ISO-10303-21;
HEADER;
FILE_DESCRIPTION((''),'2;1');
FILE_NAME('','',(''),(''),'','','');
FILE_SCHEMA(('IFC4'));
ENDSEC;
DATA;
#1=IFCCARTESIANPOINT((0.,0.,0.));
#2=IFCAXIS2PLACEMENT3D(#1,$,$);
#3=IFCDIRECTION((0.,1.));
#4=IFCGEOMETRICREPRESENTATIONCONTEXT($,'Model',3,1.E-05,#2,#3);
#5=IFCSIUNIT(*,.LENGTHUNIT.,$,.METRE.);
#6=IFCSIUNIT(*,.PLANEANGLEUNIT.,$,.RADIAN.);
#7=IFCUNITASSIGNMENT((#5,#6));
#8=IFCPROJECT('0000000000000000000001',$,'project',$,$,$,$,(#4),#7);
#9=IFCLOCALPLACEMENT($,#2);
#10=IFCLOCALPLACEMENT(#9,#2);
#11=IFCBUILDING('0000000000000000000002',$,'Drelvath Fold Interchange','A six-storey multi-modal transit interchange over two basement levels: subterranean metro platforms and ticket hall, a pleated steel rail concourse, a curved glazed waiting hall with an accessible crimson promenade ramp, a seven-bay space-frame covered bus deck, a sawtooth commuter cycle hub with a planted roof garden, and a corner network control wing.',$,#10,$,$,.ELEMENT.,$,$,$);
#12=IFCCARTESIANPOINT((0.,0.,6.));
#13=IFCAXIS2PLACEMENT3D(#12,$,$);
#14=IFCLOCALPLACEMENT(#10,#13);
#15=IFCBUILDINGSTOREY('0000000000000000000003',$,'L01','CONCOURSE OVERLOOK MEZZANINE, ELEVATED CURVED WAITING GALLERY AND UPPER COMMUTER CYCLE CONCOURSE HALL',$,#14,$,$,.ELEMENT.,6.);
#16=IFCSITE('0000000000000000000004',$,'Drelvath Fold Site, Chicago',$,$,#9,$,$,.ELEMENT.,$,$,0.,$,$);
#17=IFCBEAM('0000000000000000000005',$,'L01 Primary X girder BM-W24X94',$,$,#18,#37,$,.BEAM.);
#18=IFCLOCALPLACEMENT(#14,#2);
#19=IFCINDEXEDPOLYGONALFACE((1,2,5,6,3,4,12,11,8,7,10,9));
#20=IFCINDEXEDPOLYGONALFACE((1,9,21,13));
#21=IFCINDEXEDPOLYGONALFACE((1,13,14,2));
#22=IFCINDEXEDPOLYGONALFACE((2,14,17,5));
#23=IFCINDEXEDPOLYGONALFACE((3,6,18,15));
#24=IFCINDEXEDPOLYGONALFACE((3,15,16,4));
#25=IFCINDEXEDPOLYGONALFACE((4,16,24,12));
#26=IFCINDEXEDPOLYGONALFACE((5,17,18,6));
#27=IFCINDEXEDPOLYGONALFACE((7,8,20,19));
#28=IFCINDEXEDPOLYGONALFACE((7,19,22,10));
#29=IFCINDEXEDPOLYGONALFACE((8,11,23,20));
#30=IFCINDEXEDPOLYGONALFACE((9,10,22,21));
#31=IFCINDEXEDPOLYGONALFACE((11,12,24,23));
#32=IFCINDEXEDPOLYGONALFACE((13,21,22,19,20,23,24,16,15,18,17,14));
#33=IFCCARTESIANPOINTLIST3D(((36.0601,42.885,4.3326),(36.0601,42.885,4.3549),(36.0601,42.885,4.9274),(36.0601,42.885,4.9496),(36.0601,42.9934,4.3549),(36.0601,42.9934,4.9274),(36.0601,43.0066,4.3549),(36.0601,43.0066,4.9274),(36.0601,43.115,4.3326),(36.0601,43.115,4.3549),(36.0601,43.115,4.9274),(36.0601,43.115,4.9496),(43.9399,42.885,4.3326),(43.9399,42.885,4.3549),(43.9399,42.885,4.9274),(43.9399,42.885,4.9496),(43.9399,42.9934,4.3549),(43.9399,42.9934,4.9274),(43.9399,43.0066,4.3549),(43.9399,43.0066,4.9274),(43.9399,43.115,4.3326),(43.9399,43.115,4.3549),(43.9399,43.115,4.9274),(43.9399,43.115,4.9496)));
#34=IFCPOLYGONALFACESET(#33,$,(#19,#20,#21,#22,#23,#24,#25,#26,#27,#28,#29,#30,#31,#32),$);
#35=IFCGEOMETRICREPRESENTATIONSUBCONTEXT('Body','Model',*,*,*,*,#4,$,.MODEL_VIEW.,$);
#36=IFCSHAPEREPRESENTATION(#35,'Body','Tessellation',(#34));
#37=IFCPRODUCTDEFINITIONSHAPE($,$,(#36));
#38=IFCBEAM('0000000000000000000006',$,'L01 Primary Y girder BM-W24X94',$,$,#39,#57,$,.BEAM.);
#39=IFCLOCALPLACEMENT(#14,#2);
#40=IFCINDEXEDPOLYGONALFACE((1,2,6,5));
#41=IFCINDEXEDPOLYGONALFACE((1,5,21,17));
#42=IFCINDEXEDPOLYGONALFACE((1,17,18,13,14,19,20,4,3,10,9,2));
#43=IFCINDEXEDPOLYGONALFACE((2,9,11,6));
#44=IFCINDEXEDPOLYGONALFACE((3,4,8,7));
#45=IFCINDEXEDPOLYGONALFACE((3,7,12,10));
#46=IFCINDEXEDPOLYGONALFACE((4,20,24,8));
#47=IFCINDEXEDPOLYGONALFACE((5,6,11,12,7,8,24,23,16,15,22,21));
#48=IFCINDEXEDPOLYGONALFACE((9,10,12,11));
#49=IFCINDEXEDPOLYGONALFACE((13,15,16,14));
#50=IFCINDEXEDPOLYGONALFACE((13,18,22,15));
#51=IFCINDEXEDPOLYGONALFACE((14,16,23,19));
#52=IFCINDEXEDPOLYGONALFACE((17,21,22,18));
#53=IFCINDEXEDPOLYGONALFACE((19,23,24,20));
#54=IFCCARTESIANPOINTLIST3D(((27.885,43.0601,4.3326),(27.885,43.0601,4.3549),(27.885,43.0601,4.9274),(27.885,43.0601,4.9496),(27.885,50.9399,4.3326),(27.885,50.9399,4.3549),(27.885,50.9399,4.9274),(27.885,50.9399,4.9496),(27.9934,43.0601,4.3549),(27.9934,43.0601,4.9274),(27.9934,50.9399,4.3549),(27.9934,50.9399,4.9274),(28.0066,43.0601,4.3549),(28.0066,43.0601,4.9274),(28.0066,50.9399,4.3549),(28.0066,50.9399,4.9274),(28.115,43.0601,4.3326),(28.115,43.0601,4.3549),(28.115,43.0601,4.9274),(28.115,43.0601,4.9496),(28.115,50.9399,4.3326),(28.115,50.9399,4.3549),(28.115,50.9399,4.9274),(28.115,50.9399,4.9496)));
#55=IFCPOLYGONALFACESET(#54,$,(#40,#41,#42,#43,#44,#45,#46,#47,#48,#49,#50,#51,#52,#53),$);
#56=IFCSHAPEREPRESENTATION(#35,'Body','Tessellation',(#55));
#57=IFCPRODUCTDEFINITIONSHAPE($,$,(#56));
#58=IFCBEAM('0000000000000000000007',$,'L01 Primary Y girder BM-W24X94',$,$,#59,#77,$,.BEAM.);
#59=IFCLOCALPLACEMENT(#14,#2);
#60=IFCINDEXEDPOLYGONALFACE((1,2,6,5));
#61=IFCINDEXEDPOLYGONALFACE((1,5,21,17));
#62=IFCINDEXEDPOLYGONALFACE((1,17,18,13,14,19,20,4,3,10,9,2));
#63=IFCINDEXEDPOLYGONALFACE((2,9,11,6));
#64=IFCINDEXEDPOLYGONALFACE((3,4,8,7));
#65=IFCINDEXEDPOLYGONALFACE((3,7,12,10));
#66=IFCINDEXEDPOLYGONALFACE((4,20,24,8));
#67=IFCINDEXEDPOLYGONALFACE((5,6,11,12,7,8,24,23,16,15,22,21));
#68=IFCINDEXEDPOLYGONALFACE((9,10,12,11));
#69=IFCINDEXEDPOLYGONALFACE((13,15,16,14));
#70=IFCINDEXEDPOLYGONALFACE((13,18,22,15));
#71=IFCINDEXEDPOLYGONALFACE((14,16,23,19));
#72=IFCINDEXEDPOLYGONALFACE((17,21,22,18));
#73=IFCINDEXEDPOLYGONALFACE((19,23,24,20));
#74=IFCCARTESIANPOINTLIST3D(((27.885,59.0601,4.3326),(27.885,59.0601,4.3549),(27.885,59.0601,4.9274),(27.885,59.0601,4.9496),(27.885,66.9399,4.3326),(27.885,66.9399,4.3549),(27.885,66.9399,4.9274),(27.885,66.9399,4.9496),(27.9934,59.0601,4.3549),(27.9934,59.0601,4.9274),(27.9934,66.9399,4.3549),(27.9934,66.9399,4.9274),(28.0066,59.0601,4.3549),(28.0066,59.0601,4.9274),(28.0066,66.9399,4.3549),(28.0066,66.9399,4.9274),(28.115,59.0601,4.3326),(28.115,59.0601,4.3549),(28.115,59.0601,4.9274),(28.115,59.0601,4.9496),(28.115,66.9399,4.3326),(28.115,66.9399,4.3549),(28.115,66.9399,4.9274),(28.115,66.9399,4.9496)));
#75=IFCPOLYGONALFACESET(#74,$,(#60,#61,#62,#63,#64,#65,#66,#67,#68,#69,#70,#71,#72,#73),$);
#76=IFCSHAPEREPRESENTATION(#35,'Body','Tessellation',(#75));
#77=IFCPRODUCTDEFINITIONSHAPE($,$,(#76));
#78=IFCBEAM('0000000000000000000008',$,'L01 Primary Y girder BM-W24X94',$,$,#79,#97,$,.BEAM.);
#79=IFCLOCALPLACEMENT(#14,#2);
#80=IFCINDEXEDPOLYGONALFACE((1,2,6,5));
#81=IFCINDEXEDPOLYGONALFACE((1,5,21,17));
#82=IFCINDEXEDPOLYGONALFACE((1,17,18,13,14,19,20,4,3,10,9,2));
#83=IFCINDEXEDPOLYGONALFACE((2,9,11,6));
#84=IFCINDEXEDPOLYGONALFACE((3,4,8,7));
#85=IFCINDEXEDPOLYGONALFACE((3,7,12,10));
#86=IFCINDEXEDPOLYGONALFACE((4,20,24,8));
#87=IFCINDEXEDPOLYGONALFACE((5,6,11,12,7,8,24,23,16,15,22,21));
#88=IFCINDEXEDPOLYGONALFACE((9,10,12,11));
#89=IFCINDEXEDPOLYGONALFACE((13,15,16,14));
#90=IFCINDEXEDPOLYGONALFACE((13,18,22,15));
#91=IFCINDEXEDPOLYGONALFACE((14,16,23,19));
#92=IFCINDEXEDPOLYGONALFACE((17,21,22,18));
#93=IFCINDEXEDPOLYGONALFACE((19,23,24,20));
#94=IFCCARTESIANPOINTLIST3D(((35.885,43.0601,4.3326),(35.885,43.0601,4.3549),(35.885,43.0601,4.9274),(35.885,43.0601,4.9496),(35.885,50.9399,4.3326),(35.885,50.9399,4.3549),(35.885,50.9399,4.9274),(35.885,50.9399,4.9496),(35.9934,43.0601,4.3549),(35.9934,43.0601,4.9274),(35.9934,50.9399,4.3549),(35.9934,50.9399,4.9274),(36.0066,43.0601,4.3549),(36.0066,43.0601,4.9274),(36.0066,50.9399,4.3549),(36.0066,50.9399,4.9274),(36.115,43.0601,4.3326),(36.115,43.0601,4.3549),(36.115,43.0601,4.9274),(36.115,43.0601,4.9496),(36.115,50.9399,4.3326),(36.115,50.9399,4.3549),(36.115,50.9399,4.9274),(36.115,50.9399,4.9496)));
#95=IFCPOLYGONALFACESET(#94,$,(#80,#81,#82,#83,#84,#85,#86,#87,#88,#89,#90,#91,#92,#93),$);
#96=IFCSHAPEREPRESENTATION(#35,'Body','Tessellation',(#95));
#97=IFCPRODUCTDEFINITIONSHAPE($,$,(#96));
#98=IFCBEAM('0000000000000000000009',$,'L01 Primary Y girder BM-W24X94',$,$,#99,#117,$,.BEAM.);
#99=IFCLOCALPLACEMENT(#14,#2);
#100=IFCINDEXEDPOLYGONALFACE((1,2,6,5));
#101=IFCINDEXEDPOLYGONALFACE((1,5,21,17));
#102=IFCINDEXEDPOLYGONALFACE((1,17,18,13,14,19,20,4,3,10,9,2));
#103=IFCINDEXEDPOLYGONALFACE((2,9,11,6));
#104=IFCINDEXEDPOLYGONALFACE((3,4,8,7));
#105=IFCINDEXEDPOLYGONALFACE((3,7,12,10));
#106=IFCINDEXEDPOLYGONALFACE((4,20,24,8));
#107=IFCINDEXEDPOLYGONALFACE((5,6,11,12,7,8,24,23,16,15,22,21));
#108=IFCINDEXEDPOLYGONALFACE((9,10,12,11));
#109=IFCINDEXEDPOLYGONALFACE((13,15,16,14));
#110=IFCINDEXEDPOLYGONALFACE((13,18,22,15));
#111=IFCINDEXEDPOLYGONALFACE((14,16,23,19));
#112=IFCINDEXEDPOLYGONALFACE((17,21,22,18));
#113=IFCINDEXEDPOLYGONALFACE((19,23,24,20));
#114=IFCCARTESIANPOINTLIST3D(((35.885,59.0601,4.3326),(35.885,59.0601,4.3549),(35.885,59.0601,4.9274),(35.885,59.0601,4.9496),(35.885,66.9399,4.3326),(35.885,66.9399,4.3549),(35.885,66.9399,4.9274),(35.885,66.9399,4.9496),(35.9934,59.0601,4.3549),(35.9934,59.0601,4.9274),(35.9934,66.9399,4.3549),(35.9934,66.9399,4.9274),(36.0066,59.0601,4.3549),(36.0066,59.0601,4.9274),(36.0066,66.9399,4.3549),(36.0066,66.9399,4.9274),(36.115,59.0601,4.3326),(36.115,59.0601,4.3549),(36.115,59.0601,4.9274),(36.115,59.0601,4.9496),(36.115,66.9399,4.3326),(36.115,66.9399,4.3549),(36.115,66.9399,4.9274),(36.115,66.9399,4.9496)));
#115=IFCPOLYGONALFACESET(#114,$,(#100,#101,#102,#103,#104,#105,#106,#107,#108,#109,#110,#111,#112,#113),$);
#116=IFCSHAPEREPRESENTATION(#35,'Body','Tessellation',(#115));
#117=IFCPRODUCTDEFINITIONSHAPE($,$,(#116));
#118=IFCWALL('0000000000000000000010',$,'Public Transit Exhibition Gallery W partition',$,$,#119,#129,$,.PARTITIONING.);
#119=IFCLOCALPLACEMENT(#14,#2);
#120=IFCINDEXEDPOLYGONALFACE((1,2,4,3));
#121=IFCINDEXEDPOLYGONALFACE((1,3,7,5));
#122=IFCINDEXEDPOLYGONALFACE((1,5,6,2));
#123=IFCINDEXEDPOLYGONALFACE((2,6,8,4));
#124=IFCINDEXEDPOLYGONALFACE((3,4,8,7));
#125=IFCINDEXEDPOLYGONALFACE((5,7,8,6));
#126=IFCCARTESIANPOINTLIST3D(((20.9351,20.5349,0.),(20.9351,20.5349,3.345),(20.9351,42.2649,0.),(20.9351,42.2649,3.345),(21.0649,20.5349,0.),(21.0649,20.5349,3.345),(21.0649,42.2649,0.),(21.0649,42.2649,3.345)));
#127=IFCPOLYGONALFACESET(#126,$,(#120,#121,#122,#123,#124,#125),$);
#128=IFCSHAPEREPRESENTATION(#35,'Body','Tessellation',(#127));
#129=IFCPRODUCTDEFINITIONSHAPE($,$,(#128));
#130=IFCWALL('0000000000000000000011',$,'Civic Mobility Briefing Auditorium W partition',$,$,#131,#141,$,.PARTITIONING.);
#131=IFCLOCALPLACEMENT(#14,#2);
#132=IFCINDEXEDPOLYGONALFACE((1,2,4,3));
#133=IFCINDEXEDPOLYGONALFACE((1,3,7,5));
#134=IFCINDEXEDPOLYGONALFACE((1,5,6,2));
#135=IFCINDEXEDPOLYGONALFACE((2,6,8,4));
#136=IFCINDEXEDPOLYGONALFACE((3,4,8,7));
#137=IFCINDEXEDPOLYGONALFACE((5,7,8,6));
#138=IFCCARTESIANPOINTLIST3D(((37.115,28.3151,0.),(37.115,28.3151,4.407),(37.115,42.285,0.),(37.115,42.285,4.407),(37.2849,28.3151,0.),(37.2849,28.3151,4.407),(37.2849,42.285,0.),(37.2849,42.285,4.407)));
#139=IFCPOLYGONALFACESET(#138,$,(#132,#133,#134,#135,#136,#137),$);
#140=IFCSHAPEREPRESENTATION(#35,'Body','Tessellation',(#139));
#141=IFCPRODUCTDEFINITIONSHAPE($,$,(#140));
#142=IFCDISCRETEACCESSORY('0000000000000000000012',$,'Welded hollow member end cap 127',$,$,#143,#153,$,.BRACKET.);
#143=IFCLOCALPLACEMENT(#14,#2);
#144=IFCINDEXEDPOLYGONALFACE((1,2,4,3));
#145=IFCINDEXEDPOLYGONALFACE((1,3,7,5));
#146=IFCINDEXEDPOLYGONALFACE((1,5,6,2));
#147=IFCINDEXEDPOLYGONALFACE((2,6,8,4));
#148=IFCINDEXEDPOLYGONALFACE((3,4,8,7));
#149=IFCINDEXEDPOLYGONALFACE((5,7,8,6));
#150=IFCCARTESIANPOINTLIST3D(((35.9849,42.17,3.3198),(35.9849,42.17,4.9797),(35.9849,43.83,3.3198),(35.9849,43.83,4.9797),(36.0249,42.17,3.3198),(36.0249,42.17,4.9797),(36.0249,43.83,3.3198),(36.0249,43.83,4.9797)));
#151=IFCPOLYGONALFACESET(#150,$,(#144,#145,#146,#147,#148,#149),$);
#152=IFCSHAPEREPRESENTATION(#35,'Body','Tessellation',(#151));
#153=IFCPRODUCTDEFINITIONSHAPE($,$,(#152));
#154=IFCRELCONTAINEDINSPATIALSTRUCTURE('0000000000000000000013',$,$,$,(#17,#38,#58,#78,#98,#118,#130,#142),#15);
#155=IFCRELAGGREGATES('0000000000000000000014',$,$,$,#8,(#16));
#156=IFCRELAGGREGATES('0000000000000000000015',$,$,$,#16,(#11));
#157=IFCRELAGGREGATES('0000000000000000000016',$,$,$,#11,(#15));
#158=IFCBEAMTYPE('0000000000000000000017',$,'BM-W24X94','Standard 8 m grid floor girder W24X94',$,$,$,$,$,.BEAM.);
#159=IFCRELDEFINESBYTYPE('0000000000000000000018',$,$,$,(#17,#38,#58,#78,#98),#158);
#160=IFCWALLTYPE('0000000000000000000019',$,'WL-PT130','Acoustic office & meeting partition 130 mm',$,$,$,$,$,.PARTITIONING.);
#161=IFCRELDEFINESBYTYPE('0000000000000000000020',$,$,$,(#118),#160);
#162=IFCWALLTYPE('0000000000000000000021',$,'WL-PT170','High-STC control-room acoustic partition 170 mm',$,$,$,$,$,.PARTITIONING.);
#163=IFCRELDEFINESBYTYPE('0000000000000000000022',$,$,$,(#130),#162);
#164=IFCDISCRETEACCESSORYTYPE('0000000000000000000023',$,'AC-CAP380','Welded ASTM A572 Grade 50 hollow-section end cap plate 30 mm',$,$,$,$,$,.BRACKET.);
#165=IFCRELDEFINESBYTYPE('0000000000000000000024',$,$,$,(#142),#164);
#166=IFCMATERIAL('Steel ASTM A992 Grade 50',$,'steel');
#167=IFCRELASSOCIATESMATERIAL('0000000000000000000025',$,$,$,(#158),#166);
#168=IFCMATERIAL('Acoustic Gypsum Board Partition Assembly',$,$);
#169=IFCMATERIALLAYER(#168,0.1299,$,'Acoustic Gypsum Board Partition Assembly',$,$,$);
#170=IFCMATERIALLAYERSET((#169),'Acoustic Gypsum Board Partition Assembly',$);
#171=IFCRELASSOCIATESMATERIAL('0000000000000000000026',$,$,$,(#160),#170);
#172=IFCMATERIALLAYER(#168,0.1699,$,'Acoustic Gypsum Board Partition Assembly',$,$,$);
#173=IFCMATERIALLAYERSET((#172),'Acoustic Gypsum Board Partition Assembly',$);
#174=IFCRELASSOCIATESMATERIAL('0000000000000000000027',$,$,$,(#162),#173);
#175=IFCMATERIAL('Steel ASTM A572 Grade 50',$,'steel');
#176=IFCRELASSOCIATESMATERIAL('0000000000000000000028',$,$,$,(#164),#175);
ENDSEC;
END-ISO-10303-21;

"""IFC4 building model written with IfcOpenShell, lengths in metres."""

from ifc_helpers import new_model, si_unit, direction, frame, frame_2d, origin, origin_2d, place, context, subcontext, project, spatial, rectangle, i_section, extrude, material, layer, layer_set, material_profile, profile_set, type_object, element, save


model = new_model("IFC4")

# Units and contexts
model_context = context("Model", 3, precision=1e-05, world=origin(), true_north=direction((0.0, 1.0)))
body_context = subcontext(model_context, "Body", "Model", "MODEL_VIEW")
ifc_project = project(units=[si_unit("LENGTHUNIT", "METRE"), si_unit("PLANEANGLEUNIT", "RADIAN")], contexts=[model_context])

# Site, building, storey
site_placement = place(None, origin())
site = spatial("IfcSite", under=ifc_project, at=site_placement, Name="Drelvath Fold Site, Chicago", CompositionType="ELEMENT", RefElevation=0.0)
building_placement = place(site_placement, origin())
building = spatial("IfcBuilding", under=site, at=building_placement, Name="Drelvath Fold Interchange", Description="A six-storey multi-modal transit interchange over two basement levels: subterranean metro platforms and ticket hall, a pleated steel rail concourse, a curved glazed waiting hall with an accessible crimson promenade ramp, a seven-bay space-frame covered bus deck, a sawtooth commuter cycle hub with a planted roof garden, and a corner network control wing.", CompositionType="ELEMENT")
storey_placement = place(building_placement, frame((0.0, 0.0, 6.0)))
storey = spatial("IfcBuildingStorey", under=building, at=storey_placement, Name="L01", Description="CONCOURSE OVERLOOK MEZZANINE, ELEVATED CURVED WAITING GALLERY AND UPPER COMMUTER CYCLE CONCOURSE HALL", CompositionType="ELEMENT", Elevation=6.0)

# Shared definitions
ifc_material_1 = material(Name="Steel ASTM A992 Grade 50", Category="steel")

# Beams
ifc_material_profile_1 = material_profile(ifc_material_1, i_section(OverallWidth=0.23, OverallDepth=0.6169, WebThickness=0.0132, FlangeThickness=0.0222, at=origin_2d()), Name="W24X94")
ifc_profile_set_1 = profile_set([ifc_material_profile_1], Name="Steel ASTM A992 Grade 50")
beam_type_1 = type_object("IfcBeamType", Name="BM-W24X94", Description="Standard 8 m grid floor girder W24X94", PredefinedType="BEAM", material=ifc_profile_set_1)
for number, where, z_axis, x_axis, name in (
    (1, (36.0601, 43.0, 4.6411), (1.0, 0.0, 0.0), (0.0, 1.0, 0.0), "L01 Primary X girder BM-W24X94"),
    (2, (28.0, 43.0601, 4.6411), (0.0, 1.0, 0.0), (-1.0, 0.0, 0.0), "L01 Primary Y girder BM-W24X94"),
    (3, (28.0, 59.0601, 4.6411), (0.0, 1.0, 0.0), (-1.0, 0.0, 0.0), "L01 Primary Y girder BM-W24X94"),
    (4, (36.0, 43.0601, 4.6411), (0.0, 1.0, 0.0), (-1.0, 0.0, 0.0), "L01 Primary Y girder BM-W24X94"),
    (5, (36.0, 59.0601, 4.6411), (0.0, 1.0, 0.0), (-1.0, 0.0, 0.0), "L01 Primary Y girder BM-W24X94"),
):
    element("IfcBeam", number, at=place(storey_placement, frame(where, z_axis=z_axis, x_axis=x_axis)), inside=storey, type_object=beam_type_1, Name=name, PredefinedType="BEAM", context=body_context, shape_type="SweptSolid", body=[
        extrude(i_section(OverallWidth=0.23, OverallDepth=0.6169, WebThickness=0.0132, FlangeThickness=0.0222, at=origin_2d()), origin(), (0.0, 0.0, 1.0), 7.8799),
    ])

# Walls
ifc_material_2 = material(Name="Acoustic Gypsum Board Partition Assembly")
ifc_layer_1 = layer(ifc_material_2, 0.1299, Name="Acoustic Gypsum Board Partition Assembly")
ifc_layer_set_1 = layer_set([ifc_layer_1], Name="Acoustic Gypsum Board Partition Assembly")
wall_type_1 = type_object("IfcWallType", Name="WL-PT130", Description="Acoustic office & meeting partition 130 mm", PredefinedType="PARTITIONING", material=ifc_layer_set_1)
wall_1_placement = place(storey_placement, frame((21.0, 42.2649, 0.0), z_axis=(0.0, 0.0, 1.0), x_axis=(0.0, -1.0, 0.0)))
element("IfcWall", 6, at=wall_1_placement, inside=storey, type_object=wall_type_1, Name="Public Transit Exhibition Gallery W partition", PredefinedType="PARTITIONING", context=body_context, shape_type="SweptSolid", body=[
    extrude(rectangle(XDim=21.73, YDim=0.1299, at=frame_2d((10.865, 0.0))), origin(), (0.0, 0.0, 1.0), 3.345),
])
ifc_layer_2 = layer(ifc_material_2, 0.1699, Name="Acoustic Gypsum Board Partition Assembly")
ifc_layer_set_2 = layer_set([ifc_layer_2], Name="Acoustic Gypsum Board Partition Assembly")
wall_type_2 = type_object("IfcWallType", Name="WL-PT170", Description="High-STC control-room acoustic partition 170 mm", PredefinedType="PARTITIONING", material=ifc_layer_set_2)
wall_2_placement = place(storey_placement, frame((37.2, 42.2849, 0.0), z_axis=(0.0, 0.0, 1.0), x_axis=(0.0, -1.0, 0.0)))
element("IfcWall", 7, at=wall_2_placement, inside=storey, type_object=wall_type_2, Name="Civic Mobility Briefing Auditorium W partition", PredefinedType="PARTITIONING", context=body_context, shape_type="SweptSolid", body=[
    extrude(rectangle(XDim=13.97, YDim=0.1699, at=frame_2d((6.9849, 0.0))), origin(), (0.0, 0.0, 1.0), 4.407),
])

# Discrete accessory
ifc_material_3 = material(Name="Steel ASTM A572 Grade 50", Category="steel")
discrete_accessory_type = type_object("IfcDiscreteAccessoryType", Name="AC-CAP380", Description="Welded ASTM A572 Grade 50 hollow-section end cap plate 30 mm", PredefinedType="BRACKET", material=ifc_material_3)
discrete_accessory_placement = place(storey_placement, frame((36.0049, 43.0, 3.3198), z_axis=(0.0, 0.0, 1.0), x_axis=(1.0, 0.0, 0.0)))
element("IfcDiscreteAccessory", 8, at=discrete_accessory_placement, inside=storey, type_object=discrete_accessory_type, Name="Welded hollow member end cap 127", PredefinedType="BRACKET", context=body_context, shape_type="SweptSolid", body=[
    extrude(rectangle(XDim=0.04, YDim=1.6599, at=origin_2d()), origin(), (0.0, 0.0, 1.0), 1.6599),
])

save(model, "model.ifc")
